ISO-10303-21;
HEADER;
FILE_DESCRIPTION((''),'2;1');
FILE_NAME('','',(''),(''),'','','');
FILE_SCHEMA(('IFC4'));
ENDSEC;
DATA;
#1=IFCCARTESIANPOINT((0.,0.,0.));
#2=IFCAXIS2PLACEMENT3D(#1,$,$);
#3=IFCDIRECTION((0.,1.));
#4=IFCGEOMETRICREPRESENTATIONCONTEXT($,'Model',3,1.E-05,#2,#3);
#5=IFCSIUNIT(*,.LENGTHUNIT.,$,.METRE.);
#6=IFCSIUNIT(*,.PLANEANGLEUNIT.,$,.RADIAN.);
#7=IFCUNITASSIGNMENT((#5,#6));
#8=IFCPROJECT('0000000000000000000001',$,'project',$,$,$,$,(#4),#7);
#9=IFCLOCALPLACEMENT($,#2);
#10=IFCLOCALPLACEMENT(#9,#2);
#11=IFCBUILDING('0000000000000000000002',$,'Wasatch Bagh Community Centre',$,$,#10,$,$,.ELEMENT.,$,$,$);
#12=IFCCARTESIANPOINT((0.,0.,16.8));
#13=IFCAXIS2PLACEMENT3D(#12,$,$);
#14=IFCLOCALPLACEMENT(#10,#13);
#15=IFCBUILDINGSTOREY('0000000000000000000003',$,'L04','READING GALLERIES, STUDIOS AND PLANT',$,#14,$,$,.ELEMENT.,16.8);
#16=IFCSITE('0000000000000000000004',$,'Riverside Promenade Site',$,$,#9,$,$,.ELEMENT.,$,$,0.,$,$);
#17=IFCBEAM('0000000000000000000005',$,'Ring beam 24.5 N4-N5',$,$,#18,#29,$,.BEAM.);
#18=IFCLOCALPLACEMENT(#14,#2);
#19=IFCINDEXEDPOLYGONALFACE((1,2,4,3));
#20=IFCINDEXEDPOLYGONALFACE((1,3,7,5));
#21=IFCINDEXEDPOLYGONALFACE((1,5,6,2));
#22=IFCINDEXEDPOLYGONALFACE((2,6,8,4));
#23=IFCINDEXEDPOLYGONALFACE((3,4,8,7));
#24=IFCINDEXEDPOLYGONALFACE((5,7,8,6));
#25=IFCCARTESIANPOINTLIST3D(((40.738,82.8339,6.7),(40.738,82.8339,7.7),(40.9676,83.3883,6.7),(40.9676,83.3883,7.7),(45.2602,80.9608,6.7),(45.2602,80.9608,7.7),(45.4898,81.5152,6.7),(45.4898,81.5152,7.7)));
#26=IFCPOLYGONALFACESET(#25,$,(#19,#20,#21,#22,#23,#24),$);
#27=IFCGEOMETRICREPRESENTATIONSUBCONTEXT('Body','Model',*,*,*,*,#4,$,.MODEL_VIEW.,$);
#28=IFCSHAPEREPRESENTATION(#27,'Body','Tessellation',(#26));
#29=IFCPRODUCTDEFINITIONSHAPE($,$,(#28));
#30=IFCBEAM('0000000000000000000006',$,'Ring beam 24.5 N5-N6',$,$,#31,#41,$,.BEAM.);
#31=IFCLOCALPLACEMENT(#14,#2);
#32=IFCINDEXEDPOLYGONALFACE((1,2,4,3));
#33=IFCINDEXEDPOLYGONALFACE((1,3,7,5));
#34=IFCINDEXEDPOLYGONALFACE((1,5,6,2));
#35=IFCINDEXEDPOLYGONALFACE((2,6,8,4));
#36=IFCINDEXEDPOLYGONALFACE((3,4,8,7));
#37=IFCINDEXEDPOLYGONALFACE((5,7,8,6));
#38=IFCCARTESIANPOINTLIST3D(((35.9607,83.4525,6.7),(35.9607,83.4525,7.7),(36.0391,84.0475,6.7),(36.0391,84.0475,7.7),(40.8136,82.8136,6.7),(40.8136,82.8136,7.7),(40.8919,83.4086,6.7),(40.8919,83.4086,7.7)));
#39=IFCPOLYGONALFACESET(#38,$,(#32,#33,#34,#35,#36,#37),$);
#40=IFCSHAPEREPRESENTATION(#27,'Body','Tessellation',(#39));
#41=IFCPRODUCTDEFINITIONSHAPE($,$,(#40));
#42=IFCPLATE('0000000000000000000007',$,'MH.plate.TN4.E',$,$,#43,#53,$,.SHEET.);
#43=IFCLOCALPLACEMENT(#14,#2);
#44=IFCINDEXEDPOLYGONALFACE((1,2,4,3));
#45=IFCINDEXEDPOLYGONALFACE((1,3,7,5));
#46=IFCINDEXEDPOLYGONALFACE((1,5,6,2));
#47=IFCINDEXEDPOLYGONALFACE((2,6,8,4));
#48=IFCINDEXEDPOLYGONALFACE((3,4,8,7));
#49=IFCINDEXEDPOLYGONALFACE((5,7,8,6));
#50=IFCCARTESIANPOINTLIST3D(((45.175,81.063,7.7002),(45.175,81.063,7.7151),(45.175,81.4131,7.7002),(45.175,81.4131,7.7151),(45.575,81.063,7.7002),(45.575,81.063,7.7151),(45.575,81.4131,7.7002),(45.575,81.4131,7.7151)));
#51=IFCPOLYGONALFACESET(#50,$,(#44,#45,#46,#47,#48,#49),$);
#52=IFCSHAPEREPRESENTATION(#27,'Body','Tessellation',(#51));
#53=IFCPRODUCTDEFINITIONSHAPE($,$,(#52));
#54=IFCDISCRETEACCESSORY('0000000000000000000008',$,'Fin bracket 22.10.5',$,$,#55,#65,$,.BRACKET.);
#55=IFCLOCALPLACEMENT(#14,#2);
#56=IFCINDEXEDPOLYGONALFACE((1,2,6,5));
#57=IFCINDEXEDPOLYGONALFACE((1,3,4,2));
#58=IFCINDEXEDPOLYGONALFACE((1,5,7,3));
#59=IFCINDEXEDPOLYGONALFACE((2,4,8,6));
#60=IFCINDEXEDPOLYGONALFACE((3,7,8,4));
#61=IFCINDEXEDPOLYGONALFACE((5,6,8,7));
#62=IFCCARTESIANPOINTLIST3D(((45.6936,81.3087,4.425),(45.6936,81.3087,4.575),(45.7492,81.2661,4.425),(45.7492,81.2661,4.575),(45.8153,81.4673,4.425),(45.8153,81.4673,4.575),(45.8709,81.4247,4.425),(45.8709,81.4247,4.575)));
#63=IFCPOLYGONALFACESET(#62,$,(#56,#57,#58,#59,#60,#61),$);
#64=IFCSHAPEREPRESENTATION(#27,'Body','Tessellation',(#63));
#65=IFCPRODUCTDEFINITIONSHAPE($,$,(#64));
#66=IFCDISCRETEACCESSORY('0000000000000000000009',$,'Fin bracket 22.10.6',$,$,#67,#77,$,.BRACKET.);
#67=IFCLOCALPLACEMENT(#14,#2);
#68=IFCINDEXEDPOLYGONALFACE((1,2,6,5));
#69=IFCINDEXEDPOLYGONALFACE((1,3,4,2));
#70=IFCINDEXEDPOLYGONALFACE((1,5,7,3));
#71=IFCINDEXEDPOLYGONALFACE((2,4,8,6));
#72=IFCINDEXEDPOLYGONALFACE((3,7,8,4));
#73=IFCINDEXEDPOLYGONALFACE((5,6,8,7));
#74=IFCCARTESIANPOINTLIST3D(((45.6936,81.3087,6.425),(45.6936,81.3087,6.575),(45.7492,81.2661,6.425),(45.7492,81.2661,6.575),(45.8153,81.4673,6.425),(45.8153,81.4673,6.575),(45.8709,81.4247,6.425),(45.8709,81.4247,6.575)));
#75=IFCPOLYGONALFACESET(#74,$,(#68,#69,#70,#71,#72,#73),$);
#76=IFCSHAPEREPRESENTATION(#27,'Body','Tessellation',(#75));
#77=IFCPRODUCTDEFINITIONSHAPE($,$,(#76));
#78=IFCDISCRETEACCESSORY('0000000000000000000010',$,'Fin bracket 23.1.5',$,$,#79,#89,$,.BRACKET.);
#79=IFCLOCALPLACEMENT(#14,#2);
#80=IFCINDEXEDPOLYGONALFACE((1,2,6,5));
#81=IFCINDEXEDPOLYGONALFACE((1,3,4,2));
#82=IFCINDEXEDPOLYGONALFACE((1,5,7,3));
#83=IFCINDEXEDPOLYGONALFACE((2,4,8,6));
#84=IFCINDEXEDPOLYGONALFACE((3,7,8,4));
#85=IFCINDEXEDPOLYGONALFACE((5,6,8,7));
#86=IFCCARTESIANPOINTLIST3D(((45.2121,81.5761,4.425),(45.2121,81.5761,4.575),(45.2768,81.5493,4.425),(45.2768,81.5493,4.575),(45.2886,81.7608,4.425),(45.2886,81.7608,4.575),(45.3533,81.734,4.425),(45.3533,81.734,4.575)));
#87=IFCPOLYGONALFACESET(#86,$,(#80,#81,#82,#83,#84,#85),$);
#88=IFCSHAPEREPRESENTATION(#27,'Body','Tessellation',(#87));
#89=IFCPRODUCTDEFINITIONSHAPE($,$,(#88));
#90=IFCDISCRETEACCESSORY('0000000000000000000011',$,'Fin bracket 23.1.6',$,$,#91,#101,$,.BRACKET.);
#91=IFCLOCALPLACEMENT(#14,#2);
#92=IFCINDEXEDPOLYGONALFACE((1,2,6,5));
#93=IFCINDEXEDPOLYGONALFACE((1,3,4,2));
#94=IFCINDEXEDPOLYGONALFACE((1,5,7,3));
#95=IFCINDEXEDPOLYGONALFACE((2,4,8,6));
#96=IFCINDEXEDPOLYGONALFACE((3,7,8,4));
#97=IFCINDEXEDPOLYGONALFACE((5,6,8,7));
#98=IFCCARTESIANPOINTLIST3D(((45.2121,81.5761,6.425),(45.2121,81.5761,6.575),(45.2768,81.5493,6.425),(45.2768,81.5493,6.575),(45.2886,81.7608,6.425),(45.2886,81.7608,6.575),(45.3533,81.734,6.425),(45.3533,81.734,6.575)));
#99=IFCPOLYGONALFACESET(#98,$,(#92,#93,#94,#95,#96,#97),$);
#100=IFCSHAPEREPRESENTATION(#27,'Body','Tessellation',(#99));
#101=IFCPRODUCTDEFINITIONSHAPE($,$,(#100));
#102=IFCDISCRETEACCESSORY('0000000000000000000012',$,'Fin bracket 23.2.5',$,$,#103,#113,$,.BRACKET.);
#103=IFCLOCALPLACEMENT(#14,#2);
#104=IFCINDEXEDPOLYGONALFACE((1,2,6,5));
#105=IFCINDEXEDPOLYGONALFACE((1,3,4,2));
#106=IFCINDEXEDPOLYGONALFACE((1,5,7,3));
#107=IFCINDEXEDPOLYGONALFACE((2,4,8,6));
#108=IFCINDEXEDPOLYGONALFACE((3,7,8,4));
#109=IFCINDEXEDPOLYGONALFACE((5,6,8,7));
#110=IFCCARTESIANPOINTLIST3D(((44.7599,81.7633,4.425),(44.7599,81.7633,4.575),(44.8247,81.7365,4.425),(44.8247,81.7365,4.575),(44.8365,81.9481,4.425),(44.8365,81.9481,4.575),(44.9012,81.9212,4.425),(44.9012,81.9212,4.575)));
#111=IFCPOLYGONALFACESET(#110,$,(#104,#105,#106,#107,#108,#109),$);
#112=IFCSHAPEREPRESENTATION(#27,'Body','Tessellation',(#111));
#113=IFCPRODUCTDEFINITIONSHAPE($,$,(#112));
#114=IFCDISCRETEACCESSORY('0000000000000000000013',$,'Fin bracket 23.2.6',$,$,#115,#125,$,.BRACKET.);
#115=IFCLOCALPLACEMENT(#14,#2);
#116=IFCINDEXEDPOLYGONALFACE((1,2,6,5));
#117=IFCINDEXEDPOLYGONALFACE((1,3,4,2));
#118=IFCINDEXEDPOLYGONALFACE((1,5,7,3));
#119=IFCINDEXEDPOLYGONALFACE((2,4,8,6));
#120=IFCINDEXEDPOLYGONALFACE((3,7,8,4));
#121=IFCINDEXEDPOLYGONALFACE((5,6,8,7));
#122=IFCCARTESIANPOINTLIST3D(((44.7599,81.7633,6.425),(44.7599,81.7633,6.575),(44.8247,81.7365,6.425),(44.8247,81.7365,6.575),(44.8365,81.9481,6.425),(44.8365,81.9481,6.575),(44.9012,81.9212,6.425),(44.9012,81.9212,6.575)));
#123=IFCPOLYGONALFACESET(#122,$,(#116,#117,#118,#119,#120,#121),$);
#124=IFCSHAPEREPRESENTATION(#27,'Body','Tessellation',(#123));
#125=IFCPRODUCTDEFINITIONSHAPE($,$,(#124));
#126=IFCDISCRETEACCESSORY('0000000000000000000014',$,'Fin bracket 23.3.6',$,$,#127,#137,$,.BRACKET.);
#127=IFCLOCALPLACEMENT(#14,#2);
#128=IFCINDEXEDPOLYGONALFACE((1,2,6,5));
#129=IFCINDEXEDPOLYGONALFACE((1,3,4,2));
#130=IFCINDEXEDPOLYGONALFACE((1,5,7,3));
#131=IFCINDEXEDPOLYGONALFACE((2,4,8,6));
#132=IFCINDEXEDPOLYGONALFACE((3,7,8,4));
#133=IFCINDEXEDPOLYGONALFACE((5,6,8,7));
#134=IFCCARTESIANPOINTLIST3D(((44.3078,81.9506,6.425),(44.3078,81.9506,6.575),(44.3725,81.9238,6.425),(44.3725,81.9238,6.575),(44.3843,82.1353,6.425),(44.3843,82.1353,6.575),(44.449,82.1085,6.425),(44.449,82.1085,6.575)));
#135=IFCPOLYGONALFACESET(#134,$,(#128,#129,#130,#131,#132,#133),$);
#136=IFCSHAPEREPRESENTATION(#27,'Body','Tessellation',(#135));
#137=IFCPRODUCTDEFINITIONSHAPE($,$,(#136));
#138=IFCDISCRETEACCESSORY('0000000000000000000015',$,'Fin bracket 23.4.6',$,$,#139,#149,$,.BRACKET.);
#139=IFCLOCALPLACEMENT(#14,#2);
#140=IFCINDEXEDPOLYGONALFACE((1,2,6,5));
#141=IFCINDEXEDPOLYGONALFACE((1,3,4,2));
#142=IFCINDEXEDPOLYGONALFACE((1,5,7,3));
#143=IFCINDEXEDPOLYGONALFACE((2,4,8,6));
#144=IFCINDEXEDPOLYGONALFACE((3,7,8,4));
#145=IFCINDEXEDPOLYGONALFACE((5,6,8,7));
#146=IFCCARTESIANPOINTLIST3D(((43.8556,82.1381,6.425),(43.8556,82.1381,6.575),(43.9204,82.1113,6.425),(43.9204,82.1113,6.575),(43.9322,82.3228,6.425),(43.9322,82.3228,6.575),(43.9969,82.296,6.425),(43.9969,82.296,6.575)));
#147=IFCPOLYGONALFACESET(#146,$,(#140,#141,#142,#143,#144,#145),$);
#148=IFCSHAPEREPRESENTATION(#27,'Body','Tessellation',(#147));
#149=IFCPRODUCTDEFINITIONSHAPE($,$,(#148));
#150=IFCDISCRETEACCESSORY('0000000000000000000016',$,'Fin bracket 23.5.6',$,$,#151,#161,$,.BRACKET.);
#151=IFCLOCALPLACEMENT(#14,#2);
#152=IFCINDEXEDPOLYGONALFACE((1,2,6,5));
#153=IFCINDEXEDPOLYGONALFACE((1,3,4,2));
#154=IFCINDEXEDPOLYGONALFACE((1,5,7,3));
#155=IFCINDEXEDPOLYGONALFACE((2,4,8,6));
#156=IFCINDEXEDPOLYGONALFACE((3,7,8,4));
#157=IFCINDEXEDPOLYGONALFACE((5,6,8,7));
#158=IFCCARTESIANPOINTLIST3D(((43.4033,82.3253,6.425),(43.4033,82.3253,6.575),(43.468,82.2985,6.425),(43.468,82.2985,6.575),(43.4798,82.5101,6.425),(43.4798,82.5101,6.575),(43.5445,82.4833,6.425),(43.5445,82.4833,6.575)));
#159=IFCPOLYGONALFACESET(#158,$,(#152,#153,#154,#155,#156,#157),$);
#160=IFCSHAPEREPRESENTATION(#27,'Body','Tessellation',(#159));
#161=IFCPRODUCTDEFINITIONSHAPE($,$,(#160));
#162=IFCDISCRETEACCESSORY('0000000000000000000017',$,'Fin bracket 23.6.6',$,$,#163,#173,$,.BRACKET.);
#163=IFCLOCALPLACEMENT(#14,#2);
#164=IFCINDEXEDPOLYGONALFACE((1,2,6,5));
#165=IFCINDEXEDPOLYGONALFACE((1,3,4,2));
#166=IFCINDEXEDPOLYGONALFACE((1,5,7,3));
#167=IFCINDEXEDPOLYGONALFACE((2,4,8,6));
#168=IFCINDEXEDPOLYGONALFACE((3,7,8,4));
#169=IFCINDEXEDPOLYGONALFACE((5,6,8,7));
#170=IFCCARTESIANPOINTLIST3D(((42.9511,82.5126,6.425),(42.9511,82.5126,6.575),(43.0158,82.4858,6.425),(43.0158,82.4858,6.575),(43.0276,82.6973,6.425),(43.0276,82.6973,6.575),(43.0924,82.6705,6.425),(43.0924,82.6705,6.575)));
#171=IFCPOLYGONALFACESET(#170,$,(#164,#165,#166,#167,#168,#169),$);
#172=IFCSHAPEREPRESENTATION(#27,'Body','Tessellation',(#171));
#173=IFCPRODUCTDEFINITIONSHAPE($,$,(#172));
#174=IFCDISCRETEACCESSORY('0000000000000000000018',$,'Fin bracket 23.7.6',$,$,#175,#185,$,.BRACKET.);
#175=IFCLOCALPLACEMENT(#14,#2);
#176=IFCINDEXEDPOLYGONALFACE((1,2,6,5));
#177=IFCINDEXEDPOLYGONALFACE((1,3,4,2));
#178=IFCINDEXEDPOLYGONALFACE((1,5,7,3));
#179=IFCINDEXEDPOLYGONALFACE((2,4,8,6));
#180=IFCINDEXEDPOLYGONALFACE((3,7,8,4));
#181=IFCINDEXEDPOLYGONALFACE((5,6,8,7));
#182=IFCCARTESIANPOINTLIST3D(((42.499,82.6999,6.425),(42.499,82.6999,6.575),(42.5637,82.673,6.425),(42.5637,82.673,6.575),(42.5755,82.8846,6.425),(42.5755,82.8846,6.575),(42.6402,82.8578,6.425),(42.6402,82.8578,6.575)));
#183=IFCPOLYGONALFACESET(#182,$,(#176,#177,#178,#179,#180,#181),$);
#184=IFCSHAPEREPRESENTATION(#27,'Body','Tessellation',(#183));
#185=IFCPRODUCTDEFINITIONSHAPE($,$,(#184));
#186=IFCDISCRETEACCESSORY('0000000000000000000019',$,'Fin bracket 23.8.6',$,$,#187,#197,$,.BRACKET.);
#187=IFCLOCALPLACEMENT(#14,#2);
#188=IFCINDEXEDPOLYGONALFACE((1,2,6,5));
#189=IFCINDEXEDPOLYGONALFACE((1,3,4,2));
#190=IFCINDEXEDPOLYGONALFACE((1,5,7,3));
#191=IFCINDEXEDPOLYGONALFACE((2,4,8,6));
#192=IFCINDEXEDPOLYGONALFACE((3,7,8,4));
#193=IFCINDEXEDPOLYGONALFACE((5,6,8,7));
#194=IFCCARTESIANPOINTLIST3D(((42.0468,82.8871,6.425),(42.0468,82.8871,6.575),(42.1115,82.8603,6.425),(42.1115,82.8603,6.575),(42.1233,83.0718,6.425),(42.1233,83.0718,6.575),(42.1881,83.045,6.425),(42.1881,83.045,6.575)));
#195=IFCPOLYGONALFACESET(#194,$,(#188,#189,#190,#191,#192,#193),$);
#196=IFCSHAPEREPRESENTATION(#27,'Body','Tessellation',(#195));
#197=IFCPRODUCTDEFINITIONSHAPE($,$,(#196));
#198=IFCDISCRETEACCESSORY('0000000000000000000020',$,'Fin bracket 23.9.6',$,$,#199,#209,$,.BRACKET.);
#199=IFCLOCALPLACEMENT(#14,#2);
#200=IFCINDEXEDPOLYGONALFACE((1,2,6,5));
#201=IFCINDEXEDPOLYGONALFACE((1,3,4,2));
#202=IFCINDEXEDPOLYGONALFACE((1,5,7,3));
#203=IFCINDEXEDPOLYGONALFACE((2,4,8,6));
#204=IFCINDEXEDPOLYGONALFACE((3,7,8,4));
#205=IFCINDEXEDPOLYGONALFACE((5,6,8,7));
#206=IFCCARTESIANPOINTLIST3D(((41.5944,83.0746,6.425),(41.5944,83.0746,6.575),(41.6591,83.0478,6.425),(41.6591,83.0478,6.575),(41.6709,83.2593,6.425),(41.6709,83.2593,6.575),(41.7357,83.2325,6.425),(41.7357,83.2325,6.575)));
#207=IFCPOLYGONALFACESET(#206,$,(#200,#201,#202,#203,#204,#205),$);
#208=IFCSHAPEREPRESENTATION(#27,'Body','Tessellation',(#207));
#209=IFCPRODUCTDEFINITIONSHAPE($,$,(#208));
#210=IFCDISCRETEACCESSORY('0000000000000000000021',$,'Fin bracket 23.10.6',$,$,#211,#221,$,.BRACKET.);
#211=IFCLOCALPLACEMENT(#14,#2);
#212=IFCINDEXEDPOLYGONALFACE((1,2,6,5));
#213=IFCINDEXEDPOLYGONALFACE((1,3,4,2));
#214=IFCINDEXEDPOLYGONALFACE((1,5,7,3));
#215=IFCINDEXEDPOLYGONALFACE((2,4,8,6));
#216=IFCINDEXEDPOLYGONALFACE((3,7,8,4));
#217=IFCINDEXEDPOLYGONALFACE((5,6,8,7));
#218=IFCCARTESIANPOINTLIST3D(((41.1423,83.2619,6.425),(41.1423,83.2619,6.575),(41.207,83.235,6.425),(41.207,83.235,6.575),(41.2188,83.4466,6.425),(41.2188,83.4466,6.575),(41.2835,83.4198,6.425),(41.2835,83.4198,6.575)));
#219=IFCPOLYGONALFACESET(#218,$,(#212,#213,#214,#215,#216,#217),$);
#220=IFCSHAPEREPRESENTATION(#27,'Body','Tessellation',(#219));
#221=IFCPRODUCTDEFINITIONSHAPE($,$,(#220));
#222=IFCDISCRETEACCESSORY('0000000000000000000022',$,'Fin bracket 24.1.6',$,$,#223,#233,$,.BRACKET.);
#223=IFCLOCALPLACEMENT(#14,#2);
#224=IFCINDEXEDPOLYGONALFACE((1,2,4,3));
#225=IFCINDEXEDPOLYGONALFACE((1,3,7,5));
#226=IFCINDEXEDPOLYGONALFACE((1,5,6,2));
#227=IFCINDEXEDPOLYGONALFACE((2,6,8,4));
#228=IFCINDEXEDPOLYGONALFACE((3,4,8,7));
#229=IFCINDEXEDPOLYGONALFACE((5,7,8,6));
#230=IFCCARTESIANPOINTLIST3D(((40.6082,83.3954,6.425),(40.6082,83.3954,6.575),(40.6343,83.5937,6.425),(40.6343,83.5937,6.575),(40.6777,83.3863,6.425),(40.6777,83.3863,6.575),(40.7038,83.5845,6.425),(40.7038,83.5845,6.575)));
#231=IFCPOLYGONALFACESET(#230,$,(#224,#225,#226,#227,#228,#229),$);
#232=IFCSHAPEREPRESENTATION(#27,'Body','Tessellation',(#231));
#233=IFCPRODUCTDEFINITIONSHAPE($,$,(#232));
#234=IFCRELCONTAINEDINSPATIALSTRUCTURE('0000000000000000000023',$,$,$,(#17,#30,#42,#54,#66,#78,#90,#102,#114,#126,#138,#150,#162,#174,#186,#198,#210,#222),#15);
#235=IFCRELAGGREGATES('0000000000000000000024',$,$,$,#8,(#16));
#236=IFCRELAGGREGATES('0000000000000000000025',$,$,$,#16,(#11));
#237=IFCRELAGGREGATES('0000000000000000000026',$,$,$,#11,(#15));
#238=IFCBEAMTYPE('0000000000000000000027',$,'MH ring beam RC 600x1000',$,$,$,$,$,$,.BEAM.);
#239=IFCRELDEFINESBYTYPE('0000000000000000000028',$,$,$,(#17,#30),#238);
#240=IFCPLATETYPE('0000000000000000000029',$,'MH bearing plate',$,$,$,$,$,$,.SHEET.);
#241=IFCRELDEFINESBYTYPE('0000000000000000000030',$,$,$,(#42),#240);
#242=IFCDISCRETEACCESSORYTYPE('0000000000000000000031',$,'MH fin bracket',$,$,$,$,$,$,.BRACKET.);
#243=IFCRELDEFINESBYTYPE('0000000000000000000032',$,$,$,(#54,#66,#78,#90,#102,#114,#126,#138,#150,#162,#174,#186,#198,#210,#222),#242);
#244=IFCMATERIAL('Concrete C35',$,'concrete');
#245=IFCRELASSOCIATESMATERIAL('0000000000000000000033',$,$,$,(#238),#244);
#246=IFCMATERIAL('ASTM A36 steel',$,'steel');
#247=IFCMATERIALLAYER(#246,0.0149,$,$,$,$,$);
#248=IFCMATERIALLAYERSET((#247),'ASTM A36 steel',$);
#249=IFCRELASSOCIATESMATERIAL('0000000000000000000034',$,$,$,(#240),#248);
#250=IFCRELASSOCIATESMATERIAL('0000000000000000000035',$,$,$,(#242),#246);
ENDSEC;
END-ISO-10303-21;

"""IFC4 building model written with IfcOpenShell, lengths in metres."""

from ifc_helpers import new_model, si_unit, direction, frame, origin, origin_2d, place, context, subcontext, project, spatial, rectangle, extrude, material, layer, layer_set, material_profile, profile_set, type_object, element, save


model = new_model("IFC4")

# Units and contexts
model_context = context("Model", 3, precision=1e-05, world=origin(), true_north=direction((0.0, 1.0)))
body_context = subcontext(model_context, "Body", "Model", "MODEL_VIEW")
ifc_project = project(units=[si_unit("LENGTHUNIT", "METRE"), si_unit("PLANEANGLEUNIT", "RADIAN")], contexts=[model_context])

# Site, building, storey
site_placement = place(None, origin())
site = spatial("IfcSite", under=ifc_project, at=site_placement, Name="Riverside Promenade Site", CompositionType="ELEMENT", RefElevation=0.0)
building_placement = place(site_placement, origin())
building = spatial("IfcBuilding", under=site, at=building_placement, Name="Wasatch Bagh Community Centre", CompositionType="ELEMENT")
storey_placement = place(building_placement, frame((0.0, 0.0, 16.8)))
storey = spatial("IfcBuildingStorey", under=building, at=storey_placement, Name="L04", Description="READING GALLERIES, STUDIOS AND PLANT", CompositionType="ELEMENT", Elevation=16.8)

# Beams
ifc_material_1 = material(Name="Concrete C35", Category="concrete")
ifc_material_profile_1 = material_profile(ifc_material_1, rectangle(XDim=0.6001, YDim=1.0, at=origin_2d()), Name="RC 600x1000")
ifc_profile_set_1 = profile_set([ifc_material_profile_1], Name="Concrete C35")
beam_type = type_object("IfcBeamType", Name="MH ring beam RC 600x1000", PredefinedType="BEAM", material=ifc_profile_set_1)
for number, where, z_axis, x_axis, name in (
    (1, (45.375, 81.238, 7.2), (-0.923888, 0.382663, 0.0), (-0.382663, -0.923888, 0.0), "Ring beam 24.5 N4-N5"),
    (2, (40.8528, 83.1111, 7.2), (-0.991444, 0.130533, 0.0), (-0.130533, -0.991444, 0.0), "Ring beam 24.5 N5-N6"),
):
    element("IfcBeam", number, at=place(storey_placement, frame(where, z_axis=z_axis, x_axis=x_axis)), inside=storey, type_object=beam_type, Name=name, PredefinedType="BEAM", context=body_context, shape_type="SweptSolid", body=[
        extrude(rectangle(XDim=0.6001, YDim=1.0, at=origin_2d()), origin(), (0.0, 0.0, 1.0), 4.8948),
    ])

# Plate
ifc_material_2 = material(Name="ASTM A36 steel", Category="steel")
ifc_layer_1 = layer(ifc_material_2, 0.0149)
ifc_layer_set_1 = layer_set([ifc_layer_1], Name="ASTM A36 steel")
plate_type = type_object("IfcPlateType", Name="MH bearing plate", PredefinedType="SHEET", material=ifc_layer_set_1)
plate_placement = place(storey_placement, frame((45.375, 81.238, 7.7002), z_axis=(0.0, 0.0, 1.0), x_axis=(1.0, 0.0, 0.0)))
element("IfcPlate", 3, at=plate_placement, inside=storey, type_object=plate_type, Name="MH.plate.TN4.E", PredefinedType="SHEET", context=body_context, shape_type="SweptSolid", body=[
    extrude(rectangle(XDim=0.3999, YDim=0.3501, at=origin_2d()), origin(), (0.0, 0.0, 1.0), 0.0149),
])

# Discrete accessories
discrete_accessory_type = type_object("IfcDiscreteAccessoryType", Name="MH fin bracket", PredefinedType="BRACKET", material=ifc_material_2)
for number, where, z_axis, x_axis, name in (
    (4, (45.7822, 81.3667, 4.425), (0.0, 0.0, 1.0), (-0.793353, 0.608761, 0.0), "Fin bracket 22.10.5"),
    (5, (45.7822, 81.3667, 6.425), (0.0, 0.0, 1.0), (-0.793353, 0.608761, 0.0), "Fin bracket 22.10.6"),
    (6, (45.2827, 81.655, 4.425), (0.0, 0.0, 1.0), (-0.92388, 0.382683, 0.0), "Fin bracket 23.1.5"),
    (7, (45.2827, 81.655, 6.425), (0.0, 0.0, 1.0), (-0.92388, 0.382683, 0.0), "Fin bracket 23.1.6"),
    (8, (44.8306, 81.8423, 4.425), (0.0, 0.0, 1.0), (-0.92388, 0.382683, 0.0), "Fin bracket 23.2.5"),
    (9, (44.8306, 81.8423, 6.425), (0.0, 0.0, 1.0), (-0.92388, 0.382683, 0.0), "Fin bracket 23.2.6"),
    (10, (44.3784, 82.0295, 6.425), (0.0, 0.0, 1.0), (-0.92388, 0.382683, 0.0), "Fin bracket 23.3.6"),
    (11, (43.9263, 82.217, 6.425), (0.0, 0.0, 1.0), (-0.92388, 0.382683, 0.0), "Fin bracket 23.4.6"),
    (12, (43.4739, 82.4043, 6.425), (0.0, 0.0, 1.0), (-0.92388, 0.382683, 0.0), "Fin bracket 23.5.6"),
    (13, (43.0217, 82.5916, 6.425), (0.0, 0.0, 1.0), (-0.92388, 0.382683, 0.0), "Fin bracket 23.6.6"),
    (14, (42.5696, 82.7788, 6.425), (0.0, 0.0, 1.0), (-0.92388, 0.382683, 0.0), "Fin bracket 23.7.6"),
    (15, (42.1174, 82.9661, 6.425), (0.0, 0.0, 1.0), (-0.92388, 0.382683, 0.0), "Fin bracket 23.8.6"),
    (16, (41.665, 83.1536, 6.425), (0.0, 0.0, 1.0), (-0.92388, 0.382683, 0.0), "Fin bracket 23.9.6"),
    (17, (41.2129, 83.3408, 6.425), (0.0, 0.0, 1.0), (-0.92388, 0.382683, 0.0), "Fin bracket 23.10.6"),
    (18, (40.656, 83.49, 6.425), (0.0, 0.0, 1.0), (-0.991445, 0.130526, 0.0), "Fin bracket 24.1.6"),
):
    element("IfcDiscreteAccessory", number, at=place(storey_placement, frame(where, z_axis=z_axis, x_axis=x_axis)), inside=storey, type_object=discrete_accessory_type, Name=name, PredefinedType="BRACKET", context=body_context, shape_type="SweptSolid", body=[
        extrude(rectangle(XDim=0.0701, YDim=0.2, at=origin_2d()), origin(), (0.0, 0.0, 1.0), 0.1499),
    ])

save(model, "model.ifc")
